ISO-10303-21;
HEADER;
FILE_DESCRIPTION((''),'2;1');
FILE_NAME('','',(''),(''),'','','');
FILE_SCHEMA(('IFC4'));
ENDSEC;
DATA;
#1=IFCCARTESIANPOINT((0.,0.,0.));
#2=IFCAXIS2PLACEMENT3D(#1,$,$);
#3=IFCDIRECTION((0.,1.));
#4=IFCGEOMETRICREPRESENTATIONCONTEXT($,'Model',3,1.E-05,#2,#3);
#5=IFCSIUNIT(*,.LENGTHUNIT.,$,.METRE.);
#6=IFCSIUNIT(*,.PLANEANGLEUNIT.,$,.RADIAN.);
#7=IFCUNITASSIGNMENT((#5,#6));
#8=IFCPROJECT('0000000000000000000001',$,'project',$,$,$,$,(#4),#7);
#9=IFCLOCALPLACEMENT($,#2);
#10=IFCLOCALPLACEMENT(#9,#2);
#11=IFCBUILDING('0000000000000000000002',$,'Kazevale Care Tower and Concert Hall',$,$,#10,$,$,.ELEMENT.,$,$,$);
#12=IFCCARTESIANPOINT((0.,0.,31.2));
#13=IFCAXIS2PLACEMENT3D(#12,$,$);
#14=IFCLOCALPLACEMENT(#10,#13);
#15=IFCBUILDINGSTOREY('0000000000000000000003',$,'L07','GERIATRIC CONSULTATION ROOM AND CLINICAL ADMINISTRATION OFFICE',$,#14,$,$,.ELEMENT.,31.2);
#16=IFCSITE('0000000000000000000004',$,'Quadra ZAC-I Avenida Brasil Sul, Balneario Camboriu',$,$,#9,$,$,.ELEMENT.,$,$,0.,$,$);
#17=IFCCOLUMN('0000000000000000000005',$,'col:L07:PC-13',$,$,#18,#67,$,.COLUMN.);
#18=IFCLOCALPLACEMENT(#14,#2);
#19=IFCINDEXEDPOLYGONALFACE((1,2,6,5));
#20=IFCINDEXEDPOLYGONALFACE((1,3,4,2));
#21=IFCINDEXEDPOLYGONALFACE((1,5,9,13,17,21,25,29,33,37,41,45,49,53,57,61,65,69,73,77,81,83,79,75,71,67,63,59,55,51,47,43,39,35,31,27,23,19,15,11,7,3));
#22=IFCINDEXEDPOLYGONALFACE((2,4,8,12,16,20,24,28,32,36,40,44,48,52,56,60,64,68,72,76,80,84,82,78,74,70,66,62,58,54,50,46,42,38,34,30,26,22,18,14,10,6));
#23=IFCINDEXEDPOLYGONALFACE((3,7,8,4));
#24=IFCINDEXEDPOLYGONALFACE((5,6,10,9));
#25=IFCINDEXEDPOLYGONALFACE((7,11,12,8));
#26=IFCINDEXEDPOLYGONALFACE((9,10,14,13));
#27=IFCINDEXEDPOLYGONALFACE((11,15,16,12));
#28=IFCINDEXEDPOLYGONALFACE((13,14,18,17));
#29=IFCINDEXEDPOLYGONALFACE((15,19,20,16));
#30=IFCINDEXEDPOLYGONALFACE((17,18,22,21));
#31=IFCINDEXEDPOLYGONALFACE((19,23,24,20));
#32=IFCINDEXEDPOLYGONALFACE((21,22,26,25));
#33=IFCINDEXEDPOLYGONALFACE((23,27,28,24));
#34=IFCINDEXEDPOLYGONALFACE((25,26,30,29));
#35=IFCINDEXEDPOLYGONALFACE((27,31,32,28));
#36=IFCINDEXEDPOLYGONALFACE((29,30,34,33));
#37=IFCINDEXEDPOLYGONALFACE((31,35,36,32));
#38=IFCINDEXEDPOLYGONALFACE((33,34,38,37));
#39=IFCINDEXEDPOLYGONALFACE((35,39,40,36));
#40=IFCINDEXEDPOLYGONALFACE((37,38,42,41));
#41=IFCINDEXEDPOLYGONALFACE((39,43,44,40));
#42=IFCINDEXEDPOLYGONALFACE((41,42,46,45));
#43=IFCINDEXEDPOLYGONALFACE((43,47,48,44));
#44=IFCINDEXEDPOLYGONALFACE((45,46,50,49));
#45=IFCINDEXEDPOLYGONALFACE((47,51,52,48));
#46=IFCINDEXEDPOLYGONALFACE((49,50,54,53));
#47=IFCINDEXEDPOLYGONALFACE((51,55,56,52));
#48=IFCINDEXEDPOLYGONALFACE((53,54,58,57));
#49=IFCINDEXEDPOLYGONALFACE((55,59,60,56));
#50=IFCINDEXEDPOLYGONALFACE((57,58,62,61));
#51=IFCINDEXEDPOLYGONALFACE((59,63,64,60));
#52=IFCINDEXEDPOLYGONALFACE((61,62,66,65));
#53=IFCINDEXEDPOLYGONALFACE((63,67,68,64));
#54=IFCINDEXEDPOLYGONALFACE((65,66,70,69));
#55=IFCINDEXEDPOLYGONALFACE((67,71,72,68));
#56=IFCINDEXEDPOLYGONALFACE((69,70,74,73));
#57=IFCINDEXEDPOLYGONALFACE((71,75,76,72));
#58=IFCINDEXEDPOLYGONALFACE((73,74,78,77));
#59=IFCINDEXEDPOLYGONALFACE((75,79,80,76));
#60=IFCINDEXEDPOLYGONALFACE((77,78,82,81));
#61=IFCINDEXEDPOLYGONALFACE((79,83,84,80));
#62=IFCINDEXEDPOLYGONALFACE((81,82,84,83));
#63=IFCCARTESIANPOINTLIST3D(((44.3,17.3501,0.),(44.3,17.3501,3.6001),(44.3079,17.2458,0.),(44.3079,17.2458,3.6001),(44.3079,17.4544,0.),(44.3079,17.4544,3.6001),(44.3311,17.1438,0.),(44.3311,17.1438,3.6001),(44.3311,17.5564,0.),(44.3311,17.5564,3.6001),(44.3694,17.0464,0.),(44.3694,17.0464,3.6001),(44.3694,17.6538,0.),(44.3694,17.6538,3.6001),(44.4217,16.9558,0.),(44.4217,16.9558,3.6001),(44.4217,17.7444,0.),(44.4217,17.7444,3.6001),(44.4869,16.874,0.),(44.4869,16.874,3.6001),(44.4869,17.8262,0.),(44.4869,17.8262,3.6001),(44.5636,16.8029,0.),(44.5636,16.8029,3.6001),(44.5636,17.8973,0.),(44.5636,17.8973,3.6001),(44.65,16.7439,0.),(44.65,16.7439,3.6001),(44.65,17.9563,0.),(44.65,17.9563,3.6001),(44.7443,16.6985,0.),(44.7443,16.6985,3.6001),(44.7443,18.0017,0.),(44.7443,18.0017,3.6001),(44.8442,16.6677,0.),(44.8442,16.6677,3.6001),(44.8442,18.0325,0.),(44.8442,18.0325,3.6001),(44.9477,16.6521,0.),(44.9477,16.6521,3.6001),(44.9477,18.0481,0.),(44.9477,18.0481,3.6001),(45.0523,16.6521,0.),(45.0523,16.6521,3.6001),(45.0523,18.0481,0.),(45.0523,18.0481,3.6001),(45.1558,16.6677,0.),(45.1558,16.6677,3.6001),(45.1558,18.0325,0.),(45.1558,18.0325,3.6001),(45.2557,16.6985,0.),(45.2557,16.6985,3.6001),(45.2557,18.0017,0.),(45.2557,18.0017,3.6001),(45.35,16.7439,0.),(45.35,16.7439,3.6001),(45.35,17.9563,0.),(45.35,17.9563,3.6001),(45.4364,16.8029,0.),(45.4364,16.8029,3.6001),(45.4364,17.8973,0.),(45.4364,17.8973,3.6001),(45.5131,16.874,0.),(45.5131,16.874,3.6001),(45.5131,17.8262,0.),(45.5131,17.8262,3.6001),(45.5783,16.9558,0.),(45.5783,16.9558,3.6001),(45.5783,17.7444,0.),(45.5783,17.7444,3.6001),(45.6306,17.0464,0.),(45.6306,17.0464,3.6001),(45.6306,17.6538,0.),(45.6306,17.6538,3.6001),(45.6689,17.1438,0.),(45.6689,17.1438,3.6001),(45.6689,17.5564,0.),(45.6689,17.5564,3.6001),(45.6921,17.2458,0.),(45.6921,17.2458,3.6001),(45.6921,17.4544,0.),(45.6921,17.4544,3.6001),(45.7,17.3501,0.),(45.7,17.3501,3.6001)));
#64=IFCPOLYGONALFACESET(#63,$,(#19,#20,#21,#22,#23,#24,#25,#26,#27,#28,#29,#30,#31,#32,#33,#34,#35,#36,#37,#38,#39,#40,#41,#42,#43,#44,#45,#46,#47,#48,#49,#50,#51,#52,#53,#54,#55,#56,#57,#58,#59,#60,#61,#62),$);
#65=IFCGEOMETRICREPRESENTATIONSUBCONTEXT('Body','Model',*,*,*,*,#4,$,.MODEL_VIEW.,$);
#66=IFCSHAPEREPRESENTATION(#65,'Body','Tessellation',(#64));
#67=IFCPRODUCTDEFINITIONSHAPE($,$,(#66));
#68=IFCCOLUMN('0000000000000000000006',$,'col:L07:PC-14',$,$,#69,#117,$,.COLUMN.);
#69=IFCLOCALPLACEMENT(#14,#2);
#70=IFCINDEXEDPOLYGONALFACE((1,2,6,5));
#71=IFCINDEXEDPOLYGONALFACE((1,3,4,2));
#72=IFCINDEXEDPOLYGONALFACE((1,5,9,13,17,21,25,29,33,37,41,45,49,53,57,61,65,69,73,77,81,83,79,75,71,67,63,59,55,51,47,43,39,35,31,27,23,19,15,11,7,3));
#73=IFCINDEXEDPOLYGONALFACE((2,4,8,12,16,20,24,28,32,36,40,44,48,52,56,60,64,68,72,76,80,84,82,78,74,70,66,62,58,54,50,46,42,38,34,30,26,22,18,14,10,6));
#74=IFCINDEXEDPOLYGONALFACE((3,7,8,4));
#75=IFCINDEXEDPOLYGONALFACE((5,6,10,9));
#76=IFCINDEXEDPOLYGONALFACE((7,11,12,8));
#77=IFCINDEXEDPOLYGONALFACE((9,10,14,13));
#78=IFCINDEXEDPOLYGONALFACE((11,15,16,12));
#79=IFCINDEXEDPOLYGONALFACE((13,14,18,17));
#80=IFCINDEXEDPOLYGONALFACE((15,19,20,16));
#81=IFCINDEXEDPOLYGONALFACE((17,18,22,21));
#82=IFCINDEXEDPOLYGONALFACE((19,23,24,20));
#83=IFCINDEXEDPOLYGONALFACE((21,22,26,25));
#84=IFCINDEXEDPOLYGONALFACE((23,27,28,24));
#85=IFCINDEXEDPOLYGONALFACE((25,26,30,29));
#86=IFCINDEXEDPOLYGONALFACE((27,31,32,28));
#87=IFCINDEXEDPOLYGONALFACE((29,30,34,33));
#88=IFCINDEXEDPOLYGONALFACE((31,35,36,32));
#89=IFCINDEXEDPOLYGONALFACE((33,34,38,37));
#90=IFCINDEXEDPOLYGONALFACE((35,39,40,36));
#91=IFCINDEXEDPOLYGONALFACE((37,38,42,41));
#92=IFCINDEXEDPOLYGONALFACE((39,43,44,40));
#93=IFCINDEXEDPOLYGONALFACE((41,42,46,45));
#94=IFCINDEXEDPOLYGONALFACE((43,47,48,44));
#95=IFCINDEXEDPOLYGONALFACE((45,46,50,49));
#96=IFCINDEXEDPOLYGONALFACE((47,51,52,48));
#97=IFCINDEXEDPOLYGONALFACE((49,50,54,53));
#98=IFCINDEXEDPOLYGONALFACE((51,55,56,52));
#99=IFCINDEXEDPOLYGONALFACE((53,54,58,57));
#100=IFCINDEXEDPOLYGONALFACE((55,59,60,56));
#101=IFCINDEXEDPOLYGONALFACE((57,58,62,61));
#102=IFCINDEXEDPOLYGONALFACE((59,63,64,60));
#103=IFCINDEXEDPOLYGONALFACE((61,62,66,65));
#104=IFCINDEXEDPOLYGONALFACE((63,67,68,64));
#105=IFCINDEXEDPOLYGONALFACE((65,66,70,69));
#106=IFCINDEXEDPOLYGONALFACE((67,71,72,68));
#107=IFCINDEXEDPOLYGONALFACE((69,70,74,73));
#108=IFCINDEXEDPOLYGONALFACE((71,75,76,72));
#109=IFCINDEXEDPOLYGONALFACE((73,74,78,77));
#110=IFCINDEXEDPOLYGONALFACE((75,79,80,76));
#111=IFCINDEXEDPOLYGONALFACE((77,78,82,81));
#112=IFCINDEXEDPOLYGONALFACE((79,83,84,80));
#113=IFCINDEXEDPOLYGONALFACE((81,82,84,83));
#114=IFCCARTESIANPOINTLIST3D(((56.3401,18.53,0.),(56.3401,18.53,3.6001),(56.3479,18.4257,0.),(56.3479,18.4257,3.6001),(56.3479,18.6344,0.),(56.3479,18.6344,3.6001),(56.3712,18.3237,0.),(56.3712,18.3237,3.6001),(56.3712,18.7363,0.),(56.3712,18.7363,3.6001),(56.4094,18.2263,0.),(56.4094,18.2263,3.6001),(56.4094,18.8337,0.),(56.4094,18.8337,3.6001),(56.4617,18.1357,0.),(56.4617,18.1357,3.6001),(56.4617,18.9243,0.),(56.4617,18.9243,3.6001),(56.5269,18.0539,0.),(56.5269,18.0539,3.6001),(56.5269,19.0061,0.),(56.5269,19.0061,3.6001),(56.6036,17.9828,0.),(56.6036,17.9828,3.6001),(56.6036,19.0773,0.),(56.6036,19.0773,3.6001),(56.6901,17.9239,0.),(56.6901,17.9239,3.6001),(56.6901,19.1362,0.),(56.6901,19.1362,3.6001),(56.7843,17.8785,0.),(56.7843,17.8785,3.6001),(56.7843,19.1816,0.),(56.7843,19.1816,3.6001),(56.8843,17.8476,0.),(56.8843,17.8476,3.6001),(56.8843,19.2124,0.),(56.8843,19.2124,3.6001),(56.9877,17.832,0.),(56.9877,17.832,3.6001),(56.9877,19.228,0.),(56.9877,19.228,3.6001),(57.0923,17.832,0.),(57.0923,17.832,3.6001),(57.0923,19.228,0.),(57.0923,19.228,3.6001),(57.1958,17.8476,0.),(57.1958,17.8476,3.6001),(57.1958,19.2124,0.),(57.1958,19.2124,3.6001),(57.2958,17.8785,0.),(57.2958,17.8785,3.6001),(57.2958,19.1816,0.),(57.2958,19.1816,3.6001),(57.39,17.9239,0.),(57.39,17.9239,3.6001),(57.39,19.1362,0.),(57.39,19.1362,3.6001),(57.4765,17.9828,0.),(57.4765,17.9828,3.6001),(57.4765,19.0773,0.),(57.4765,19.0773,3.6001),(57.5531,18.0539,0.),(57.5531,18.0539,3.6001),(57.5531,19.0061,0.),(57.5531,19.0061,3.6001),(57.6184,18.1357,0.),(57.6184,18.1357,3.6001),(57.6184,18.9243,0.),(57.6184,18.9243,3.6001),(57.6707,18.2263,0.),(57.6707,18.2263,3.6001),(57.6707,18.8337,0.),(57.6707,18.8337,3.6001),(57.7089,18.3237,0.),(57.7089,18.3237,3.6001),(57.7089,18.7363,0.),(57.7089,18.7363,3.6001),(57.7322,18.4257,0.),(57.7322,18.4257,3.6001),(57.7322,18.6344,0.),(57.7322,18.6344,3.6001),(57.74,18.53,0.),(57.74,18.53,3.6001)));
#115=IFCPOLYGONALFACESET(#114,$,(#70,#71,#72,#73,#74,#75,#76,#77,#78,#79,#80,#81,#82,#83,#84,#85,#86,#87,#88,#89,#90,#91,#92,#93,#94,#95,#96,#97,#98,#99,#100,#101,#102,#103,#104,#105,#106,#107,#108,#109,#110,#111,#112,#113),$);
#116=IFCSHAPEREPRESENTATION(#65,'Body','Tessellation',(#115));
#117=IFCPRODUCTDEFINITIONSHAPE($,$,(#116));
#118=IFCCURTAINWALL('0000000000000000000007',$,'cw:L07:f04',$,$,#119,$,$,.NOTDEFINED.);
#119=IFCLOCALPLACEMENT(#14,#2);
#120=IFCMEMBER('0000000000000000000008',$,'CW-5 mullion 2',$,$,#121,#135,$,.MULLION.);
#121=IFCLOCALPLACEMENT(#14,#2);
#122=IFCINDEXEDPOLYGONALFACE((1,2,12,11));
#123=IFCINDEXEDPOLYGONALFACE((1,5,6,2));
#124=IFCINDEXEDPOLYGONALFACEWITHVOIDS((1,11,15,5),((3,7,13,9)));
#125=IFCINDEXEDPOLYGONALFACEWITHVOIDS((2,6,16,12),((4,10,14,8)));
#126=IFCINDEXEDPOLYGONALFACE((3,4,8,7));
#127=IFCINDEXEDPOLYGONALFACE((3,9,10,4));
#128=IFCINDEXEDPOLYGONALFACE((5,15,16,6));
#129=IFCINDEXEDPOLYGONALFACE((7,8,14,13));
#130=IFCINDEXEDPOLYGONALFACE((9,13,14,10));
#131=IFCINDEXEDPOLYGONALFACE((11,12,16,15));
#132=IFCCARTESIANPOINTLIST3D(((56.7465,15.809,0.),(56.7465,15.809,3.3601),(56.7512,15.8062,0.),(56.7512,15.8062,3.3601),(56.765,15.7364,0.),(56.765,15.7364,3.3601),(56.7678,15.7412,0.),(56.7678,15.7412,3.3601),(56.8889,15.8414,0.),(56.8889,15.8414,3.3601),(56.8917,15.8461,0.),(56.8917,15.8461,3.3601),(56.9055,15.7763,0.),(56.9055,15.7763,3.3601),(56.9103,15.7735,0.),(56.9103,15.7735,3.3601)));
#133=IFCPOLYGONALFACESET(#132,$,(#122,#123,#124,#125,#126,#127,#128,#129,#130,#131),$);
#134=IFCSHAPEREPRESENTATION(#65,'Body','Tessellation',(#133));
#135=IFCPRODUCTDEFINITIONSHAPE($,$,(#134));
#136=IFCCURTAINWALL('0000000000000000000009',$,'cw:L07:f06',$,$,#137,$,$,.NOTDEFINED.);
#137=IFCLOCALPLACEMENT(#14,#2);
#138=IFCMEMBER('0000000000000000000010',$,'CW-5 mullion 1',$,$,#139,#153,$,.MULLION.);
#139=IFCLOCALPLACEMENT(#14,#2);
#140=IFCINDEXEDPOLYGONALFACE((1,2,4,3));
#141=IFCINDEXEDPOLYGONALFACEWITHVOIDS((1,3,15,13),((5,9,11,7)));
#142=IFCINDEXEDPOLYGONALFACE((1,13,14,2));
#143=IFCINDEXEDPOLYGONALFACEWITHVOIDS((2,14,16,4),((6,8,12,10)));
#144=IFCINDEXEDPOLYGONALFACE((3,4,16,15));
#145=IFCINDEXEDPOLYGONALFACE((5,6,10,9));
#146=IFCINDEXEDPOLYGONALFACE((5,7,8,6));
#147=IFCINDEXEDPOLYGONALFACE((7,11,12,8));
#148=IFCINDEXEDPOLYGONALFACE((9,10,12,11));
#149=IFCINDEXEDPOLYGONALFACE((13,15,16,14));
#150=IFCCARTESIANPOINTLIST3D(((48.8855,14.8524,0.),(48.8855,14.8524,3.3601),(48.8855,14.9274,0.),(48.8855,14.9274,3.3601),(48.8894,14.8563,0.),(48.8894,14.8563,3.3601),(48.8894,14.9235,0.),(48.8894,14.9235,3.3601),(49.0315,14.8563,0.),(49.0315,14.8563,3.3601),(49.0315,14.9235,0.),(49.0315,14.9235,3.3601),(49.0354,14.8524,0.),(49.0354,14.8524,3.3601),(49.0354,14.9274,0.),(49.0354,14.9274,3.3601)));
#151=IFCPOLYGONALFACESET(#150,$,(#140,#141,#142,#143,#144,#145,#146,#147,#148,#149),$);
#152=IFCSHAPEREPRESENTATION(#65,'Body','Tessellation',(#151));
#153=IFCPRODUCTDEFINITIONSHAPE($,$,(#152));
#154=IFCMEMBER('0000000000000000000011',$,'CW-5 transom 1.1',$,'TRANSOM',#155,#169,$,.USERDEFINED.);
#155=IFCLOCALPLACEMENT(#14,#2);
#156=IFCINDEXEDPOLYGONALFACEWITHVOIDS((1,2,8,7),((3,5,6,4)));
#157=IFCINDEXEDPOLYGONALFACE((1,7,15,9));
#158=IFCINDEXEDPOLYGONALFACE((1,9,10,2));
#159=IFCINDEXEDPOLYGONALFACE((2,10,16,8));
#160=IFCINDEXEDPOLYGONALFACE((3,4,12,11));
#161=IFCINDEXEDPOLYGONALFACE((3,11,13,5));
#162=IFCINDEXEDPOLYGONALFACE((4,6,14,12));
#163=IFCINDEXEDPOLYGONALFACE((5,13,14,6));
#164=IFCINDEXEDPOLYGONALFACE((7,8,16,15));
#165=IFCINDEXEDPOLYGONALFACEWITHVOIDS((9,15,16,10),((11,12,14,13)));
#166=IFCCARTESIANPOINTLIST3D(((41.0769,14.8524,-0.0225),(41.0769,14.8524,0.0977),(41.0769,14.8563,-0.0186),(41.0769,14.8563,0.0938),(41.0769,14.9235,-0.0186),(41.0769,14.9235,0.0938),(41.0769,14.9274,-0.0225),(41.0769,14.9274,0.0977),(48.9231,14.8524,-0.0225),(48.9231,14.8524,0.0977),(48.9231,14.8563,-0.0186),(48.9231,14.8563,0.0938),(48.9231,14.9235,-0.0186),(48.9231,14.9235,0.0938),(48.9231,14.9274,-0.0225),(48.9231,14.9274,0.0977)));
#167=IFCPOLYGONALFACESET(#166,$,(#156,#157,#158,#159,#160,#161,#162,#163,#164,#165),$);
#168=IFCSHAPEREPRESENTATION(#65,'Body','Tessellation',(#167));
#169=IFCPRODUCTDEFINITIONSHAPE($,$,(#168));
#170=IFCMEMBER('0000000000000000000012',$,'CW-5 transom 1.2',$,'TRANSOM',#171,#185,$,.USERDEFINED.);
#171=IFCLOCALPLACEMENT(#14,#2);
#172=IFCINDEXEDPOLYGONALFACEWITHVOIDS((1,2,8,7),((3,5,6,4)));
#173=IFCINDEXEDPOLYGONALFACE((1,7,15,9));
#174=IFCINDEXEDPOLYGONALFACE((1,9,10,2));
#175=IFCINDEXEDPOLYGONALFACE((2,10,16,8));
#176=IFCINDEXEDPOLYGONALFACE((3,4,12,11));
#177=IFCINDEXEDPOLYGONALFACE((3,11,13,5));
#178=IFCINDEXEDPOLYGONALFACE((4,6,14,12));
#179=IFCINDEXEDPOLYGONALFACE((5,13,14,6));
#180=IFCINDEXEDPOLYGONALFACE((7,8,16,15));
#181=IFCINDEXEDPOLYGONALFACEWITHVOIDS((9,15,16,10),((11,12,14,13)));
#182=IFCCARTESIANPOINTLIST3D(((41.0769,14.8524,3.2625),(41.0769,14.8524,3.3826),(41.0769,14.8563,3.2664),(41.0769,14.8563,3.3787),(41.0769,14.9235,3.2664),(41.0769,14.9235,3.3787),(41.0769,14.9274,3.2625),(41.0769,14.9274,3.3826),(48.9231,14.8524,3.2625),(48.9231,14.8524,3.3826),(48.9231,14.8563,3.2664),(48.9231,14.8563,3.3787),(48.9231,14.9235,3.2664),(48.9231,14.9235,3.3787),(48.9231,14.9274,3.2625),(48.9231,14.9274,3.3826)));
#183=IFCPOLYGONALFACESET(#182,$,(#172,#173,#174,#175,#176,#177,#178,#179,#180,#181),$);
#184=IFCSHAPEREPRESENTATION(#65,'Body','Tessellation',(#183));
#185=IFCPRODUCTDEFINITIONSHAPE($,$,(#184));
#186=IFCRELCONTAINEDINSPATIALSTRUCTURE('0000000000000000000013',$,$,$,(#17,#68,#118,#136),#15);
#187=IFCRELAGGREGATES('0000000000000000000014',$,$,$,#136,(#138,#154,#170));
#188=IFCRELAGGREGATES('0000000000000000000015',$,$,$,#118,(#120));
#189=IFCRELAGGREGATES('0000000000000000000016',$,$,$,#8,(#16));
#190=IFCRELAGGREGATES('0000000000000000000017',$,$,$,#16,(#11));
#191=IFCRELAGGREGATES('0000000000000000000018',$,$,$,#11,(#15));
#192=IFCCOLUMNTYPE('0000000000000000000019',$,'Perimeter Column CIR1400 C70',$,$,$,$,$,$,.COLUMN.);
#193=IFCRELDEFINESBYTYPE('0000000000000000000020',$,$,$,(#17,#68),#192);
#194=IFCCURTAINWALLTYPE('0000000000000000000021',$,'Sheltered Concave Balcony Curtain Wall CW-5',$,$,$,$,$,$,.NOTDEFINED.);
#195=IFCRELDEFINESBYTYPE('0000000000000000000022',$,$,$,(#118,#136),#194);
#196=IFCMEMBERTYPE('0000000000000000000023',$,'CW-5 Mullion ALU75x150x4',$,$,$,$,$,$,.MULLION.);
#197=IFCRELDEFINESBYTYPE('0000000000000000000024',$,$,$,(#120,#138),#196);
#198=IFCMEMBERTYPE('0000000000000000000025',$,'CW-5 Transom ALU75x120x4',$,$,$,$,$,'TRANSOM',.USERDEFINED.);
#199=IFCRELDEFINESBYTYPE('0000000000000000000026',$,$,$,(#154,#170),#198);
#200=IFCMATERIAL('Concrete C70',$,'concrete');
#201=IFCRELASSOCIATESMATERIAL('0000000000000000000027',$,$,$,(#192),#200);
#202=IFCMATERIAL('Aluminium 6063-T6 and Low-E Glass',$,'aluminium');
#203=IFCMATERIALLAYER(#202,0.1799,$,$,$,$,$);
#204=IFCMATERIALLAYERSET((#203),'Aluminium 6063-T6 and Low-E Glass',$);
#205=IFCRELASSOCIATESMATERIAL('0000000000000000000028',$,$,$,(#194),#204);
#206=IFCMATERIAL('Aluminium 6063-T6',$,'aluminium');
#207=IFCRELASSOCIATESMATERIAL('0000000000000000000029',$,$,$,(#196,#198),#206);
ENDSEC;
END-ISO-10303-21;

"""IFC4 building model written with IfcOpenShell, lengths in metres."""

from ifc_helpers import new_model, si_unit, direction, frame, origin, origin_2d, place, context, subcontext, project, spatial, hollow_rectangle, circle, extrude, material, layer, layer_set, material_profile, profile_set, type_object, element, aggregate, save


model = new_model("IFC4")

# Units and contexts
model_context = context("Model", 3, precision=1e-05, world=origin(), true_north=direction((0.0, 1.0)))
body_context = subcontext(model_context, "Body", "Model", "MODEL_VIEW")
ifc_project = project(units=[si_unit("LENGTHUNIT", "METRE"), si_unit("PLANEANGLEUNIT", "RADIAN")], contexts=[model_context])

# Site, building, storey
site_placement = place(None, origin())
site = spatial("IfcSite", under=ifc_project, at=site_placement, Name="Quadra ZAC-I Avenida Brasil Sul, Balneario Camboriu", CompositionType="ELEMENT", RefElevation=0.0)
building_placement = place(site_placement, origin())
building = spatial("IfcBuilding", under=site, at=building_placement, Name="Kazevale Care Tower and Concert Hall", CompositionType="ELEMENT")
storey_placement = place(building_placement, frame((0.0, 0.0, 31.2)))
storey = spatial("IfcBuildingStorey", under=building, at=storey_placement, Name="L07", Description="GERIATRIC CONSULTATION ROOM AND CLINICAL ADMINISTRATION OFFICE", CompositionType="ELEMENT", Elevation=31.2)

# Columns
ifc_material_1 = material(Name="Concrete C70", Category="concrete")
ifc_material_profile_1 = material_profile(ifc_material_1, circle(Radius=0.7, at=origin_2d()), Name="RC-CIR1400")
ifc_profile_set_1 = profile_set([ifc_material_profile_1], Name="Concrete C70")
column_type = type_object("IfcColumnType", Name="Perimeter Column CIR1400 C70", PredefinedType="COLUMN", material=ifc_profile_set_1)
for number, where, z_axis, x_axis, name in (
    (1, (45.0, 17.3501, 0.0), (0.0, 0.0, 1.0), (1.0, 0.0, 0.0), "col:L07:PC-13"),
    (2, (57.04, 18.53, 0.0), (0.0, 0.0, 1.0), (1.0, 0.0, 0.0), "col:L07:PC-14"),
):
    element("IfcColumn", number, at=place(storey_placement, frame(where, z_axis=z_axis, x_axis=x_axis)), inside=storey, type_object=column_type, Name=name, PredefinedType="COLUMN", context=body_context, shape_type="SweptSolid", body=[
        extrude(circle(Radius=0.7, at=origin_2d()), origin(), (0.0, 0.0, 1.0), 3.6001),
    ])

# Curtain wall, member
ifc_material_2 = material(Name="Aluminium 6063-T6 and Low-E Glass", Category="aluminium")
ifc_layer_1 = layer(ifc_material_2, 0.1799)
ifc_layer_set_1 = layer_set([ifc_layer_1], Name="Aluminium 6063-T6 and Low-E Glass")
curtain_wall_type = type_object("IfcCurtainWallType", Name="Sheltered Concave Balcony Curtain Wall CW-5", PredefinedType="NOTDEFINED", material=ifc_layer_set_1)
curtain_wall_1_placement = place(storey_placement, origin())
curtain_wall_1 = element("IfcCurtainWall", 3, at=curtain_wall_1_placement, inside=storey, type_object=curtain_wall_type, Name="cw:L07:f04", PredefinedType="NOTDEFINED")
ifc_material_3 = material(Name="Aluminium 6063-T6", Category="aluminium")
ifc_material_profile_2 = material_profile(ifc_material_3, hollow_rectangle(XDim=0.075, YDim=0.1499, WallThickness=0.0039, at=origin_2d()), Name="ALU75x150x4")
ifc_profile_set_2 = profile_set([ifc_material_profile_2], Name="Aluminium 6063-T6")
member_type_1 = type_object("IfcMemberType", Name="CW-5 Mullion ALU75x150x4", PredefinedType="MULLION", material=ifc_profile_set_2)
member_1_placement = place(storey_placement, frame((56.8284, 15.7913, 0.0), z_axis=(0.0, 0.0, 1.0), x_axis=(0.247222, -0.968959, 0.0)))
member_1 = element("IfcMember", 4, at=member_1_placement, type_object=member_type_1, Name="CW-5 mullion 2", PredefinedType="MULLION", context=body_context, shape_type="SweptSolid", body=[
    extrude(hollow_rectangle(XDim=0.075, YDim=0.1499, WallThickness=0.0039, at=origin_2d()), origin(), (0.0, 0.0, 1.0), 3.3601),
])

# Curtain wall, members
curtain_wall_2_placement = place(storey_placement, origin())
curtain_wall_2 = element("IfcCurtainWall", 5, at=curtain_wall_2_placement, inside=storey, type_object=curtain_wall_type, Name="cw:L07:f06", PredefinedType="NOTDEFINED")
member_2_placement = place(storey_placement, frame((48.9604, 14.8899, 0.0), z_axis=(0.0, 0.0, 1.0), x_axis=(0.0, -1.0, 0.0)))
member_2 = element("IfcMember", 6, at=member_2_placement, type_object=member_type_1, Name="CW-5 mullion 1", PredefinedType="MULLION", context=body_context, shape_type="SweptSolid", body=[
    extrude(hollow_rectangle(XDim=0.075, YDim=0.1499, WallThickness=0.0039, at=origin_2d()), origin(), (0.0, 0.0, 1.0), 3.3601),
])
ifc_material_profile_3 = material_profile(ifc_material_3, hollow_rectangle(XDim=0.075, YDim=0.1201, WallThickness=0.0039, at=origin_2d()), Name="ALU75x120x4")
ifc_profile_set_3 = profile_set([ifc_material_profile_3], Name="Aluminium 6063-T6")
member_type_2 = type_object("IfcMemberType", Name="CW-5 Transom ALU75x120x4", ElementType="TRANSOM", PredefinedType="USERDEFINED", material=ifc_profile_set_3)
member_3_placement = place(storey_placement, frame((48.9231, 14.8899, 0.0376), z_axis=(-1.0, 0.0, 0.0), x_axis=(0.0, -1.0, 0.0)))
member_3 = element("IfcMember", 7, at=member_3_placement, type_object=member_type_2, Name="CW-5 transom 1.1", ObjectType="TRANSOM", PredefinedType="USERDEFINED", context=body_context, shape_type="SweptSolid", body=[
    extrude(hollow_rectangle(XDim=0.075, YDim=0.1201, WallThickness=0.0039, at=origin_2d()), origin(), (0.0, 0.0, 1.0), 7.8462),
])
member_4_placement = place(storey_placement, frame((48.9231, 14.8899, 3.3225), z_axis=(-1.0, 0.0, 0.0), x_axis=(0.0, -1.0, 0.0)))
member_4 = element("IfcMember", 8, at=member_4_placement, type_object=member_type_2, Name="CW-5 transom 1.2", ObjectType="TRANSOM", PredefinedType="USERDEFINED", context=body_context, shape_type="SweptSolid", body=[
    extrude(hollow_rectangle(XDim=0.075, YDim=0.1201, WallThickness=0.0039, at=origin_2d()), origin(), (0.0, 0.0, 1.0), 7.8462),
])
aggregate(curtain_wall_2, [member_2, member_3, member_4])

aggregate(curtain_wall_1, [member_1])

save(model, "model.ifc")
